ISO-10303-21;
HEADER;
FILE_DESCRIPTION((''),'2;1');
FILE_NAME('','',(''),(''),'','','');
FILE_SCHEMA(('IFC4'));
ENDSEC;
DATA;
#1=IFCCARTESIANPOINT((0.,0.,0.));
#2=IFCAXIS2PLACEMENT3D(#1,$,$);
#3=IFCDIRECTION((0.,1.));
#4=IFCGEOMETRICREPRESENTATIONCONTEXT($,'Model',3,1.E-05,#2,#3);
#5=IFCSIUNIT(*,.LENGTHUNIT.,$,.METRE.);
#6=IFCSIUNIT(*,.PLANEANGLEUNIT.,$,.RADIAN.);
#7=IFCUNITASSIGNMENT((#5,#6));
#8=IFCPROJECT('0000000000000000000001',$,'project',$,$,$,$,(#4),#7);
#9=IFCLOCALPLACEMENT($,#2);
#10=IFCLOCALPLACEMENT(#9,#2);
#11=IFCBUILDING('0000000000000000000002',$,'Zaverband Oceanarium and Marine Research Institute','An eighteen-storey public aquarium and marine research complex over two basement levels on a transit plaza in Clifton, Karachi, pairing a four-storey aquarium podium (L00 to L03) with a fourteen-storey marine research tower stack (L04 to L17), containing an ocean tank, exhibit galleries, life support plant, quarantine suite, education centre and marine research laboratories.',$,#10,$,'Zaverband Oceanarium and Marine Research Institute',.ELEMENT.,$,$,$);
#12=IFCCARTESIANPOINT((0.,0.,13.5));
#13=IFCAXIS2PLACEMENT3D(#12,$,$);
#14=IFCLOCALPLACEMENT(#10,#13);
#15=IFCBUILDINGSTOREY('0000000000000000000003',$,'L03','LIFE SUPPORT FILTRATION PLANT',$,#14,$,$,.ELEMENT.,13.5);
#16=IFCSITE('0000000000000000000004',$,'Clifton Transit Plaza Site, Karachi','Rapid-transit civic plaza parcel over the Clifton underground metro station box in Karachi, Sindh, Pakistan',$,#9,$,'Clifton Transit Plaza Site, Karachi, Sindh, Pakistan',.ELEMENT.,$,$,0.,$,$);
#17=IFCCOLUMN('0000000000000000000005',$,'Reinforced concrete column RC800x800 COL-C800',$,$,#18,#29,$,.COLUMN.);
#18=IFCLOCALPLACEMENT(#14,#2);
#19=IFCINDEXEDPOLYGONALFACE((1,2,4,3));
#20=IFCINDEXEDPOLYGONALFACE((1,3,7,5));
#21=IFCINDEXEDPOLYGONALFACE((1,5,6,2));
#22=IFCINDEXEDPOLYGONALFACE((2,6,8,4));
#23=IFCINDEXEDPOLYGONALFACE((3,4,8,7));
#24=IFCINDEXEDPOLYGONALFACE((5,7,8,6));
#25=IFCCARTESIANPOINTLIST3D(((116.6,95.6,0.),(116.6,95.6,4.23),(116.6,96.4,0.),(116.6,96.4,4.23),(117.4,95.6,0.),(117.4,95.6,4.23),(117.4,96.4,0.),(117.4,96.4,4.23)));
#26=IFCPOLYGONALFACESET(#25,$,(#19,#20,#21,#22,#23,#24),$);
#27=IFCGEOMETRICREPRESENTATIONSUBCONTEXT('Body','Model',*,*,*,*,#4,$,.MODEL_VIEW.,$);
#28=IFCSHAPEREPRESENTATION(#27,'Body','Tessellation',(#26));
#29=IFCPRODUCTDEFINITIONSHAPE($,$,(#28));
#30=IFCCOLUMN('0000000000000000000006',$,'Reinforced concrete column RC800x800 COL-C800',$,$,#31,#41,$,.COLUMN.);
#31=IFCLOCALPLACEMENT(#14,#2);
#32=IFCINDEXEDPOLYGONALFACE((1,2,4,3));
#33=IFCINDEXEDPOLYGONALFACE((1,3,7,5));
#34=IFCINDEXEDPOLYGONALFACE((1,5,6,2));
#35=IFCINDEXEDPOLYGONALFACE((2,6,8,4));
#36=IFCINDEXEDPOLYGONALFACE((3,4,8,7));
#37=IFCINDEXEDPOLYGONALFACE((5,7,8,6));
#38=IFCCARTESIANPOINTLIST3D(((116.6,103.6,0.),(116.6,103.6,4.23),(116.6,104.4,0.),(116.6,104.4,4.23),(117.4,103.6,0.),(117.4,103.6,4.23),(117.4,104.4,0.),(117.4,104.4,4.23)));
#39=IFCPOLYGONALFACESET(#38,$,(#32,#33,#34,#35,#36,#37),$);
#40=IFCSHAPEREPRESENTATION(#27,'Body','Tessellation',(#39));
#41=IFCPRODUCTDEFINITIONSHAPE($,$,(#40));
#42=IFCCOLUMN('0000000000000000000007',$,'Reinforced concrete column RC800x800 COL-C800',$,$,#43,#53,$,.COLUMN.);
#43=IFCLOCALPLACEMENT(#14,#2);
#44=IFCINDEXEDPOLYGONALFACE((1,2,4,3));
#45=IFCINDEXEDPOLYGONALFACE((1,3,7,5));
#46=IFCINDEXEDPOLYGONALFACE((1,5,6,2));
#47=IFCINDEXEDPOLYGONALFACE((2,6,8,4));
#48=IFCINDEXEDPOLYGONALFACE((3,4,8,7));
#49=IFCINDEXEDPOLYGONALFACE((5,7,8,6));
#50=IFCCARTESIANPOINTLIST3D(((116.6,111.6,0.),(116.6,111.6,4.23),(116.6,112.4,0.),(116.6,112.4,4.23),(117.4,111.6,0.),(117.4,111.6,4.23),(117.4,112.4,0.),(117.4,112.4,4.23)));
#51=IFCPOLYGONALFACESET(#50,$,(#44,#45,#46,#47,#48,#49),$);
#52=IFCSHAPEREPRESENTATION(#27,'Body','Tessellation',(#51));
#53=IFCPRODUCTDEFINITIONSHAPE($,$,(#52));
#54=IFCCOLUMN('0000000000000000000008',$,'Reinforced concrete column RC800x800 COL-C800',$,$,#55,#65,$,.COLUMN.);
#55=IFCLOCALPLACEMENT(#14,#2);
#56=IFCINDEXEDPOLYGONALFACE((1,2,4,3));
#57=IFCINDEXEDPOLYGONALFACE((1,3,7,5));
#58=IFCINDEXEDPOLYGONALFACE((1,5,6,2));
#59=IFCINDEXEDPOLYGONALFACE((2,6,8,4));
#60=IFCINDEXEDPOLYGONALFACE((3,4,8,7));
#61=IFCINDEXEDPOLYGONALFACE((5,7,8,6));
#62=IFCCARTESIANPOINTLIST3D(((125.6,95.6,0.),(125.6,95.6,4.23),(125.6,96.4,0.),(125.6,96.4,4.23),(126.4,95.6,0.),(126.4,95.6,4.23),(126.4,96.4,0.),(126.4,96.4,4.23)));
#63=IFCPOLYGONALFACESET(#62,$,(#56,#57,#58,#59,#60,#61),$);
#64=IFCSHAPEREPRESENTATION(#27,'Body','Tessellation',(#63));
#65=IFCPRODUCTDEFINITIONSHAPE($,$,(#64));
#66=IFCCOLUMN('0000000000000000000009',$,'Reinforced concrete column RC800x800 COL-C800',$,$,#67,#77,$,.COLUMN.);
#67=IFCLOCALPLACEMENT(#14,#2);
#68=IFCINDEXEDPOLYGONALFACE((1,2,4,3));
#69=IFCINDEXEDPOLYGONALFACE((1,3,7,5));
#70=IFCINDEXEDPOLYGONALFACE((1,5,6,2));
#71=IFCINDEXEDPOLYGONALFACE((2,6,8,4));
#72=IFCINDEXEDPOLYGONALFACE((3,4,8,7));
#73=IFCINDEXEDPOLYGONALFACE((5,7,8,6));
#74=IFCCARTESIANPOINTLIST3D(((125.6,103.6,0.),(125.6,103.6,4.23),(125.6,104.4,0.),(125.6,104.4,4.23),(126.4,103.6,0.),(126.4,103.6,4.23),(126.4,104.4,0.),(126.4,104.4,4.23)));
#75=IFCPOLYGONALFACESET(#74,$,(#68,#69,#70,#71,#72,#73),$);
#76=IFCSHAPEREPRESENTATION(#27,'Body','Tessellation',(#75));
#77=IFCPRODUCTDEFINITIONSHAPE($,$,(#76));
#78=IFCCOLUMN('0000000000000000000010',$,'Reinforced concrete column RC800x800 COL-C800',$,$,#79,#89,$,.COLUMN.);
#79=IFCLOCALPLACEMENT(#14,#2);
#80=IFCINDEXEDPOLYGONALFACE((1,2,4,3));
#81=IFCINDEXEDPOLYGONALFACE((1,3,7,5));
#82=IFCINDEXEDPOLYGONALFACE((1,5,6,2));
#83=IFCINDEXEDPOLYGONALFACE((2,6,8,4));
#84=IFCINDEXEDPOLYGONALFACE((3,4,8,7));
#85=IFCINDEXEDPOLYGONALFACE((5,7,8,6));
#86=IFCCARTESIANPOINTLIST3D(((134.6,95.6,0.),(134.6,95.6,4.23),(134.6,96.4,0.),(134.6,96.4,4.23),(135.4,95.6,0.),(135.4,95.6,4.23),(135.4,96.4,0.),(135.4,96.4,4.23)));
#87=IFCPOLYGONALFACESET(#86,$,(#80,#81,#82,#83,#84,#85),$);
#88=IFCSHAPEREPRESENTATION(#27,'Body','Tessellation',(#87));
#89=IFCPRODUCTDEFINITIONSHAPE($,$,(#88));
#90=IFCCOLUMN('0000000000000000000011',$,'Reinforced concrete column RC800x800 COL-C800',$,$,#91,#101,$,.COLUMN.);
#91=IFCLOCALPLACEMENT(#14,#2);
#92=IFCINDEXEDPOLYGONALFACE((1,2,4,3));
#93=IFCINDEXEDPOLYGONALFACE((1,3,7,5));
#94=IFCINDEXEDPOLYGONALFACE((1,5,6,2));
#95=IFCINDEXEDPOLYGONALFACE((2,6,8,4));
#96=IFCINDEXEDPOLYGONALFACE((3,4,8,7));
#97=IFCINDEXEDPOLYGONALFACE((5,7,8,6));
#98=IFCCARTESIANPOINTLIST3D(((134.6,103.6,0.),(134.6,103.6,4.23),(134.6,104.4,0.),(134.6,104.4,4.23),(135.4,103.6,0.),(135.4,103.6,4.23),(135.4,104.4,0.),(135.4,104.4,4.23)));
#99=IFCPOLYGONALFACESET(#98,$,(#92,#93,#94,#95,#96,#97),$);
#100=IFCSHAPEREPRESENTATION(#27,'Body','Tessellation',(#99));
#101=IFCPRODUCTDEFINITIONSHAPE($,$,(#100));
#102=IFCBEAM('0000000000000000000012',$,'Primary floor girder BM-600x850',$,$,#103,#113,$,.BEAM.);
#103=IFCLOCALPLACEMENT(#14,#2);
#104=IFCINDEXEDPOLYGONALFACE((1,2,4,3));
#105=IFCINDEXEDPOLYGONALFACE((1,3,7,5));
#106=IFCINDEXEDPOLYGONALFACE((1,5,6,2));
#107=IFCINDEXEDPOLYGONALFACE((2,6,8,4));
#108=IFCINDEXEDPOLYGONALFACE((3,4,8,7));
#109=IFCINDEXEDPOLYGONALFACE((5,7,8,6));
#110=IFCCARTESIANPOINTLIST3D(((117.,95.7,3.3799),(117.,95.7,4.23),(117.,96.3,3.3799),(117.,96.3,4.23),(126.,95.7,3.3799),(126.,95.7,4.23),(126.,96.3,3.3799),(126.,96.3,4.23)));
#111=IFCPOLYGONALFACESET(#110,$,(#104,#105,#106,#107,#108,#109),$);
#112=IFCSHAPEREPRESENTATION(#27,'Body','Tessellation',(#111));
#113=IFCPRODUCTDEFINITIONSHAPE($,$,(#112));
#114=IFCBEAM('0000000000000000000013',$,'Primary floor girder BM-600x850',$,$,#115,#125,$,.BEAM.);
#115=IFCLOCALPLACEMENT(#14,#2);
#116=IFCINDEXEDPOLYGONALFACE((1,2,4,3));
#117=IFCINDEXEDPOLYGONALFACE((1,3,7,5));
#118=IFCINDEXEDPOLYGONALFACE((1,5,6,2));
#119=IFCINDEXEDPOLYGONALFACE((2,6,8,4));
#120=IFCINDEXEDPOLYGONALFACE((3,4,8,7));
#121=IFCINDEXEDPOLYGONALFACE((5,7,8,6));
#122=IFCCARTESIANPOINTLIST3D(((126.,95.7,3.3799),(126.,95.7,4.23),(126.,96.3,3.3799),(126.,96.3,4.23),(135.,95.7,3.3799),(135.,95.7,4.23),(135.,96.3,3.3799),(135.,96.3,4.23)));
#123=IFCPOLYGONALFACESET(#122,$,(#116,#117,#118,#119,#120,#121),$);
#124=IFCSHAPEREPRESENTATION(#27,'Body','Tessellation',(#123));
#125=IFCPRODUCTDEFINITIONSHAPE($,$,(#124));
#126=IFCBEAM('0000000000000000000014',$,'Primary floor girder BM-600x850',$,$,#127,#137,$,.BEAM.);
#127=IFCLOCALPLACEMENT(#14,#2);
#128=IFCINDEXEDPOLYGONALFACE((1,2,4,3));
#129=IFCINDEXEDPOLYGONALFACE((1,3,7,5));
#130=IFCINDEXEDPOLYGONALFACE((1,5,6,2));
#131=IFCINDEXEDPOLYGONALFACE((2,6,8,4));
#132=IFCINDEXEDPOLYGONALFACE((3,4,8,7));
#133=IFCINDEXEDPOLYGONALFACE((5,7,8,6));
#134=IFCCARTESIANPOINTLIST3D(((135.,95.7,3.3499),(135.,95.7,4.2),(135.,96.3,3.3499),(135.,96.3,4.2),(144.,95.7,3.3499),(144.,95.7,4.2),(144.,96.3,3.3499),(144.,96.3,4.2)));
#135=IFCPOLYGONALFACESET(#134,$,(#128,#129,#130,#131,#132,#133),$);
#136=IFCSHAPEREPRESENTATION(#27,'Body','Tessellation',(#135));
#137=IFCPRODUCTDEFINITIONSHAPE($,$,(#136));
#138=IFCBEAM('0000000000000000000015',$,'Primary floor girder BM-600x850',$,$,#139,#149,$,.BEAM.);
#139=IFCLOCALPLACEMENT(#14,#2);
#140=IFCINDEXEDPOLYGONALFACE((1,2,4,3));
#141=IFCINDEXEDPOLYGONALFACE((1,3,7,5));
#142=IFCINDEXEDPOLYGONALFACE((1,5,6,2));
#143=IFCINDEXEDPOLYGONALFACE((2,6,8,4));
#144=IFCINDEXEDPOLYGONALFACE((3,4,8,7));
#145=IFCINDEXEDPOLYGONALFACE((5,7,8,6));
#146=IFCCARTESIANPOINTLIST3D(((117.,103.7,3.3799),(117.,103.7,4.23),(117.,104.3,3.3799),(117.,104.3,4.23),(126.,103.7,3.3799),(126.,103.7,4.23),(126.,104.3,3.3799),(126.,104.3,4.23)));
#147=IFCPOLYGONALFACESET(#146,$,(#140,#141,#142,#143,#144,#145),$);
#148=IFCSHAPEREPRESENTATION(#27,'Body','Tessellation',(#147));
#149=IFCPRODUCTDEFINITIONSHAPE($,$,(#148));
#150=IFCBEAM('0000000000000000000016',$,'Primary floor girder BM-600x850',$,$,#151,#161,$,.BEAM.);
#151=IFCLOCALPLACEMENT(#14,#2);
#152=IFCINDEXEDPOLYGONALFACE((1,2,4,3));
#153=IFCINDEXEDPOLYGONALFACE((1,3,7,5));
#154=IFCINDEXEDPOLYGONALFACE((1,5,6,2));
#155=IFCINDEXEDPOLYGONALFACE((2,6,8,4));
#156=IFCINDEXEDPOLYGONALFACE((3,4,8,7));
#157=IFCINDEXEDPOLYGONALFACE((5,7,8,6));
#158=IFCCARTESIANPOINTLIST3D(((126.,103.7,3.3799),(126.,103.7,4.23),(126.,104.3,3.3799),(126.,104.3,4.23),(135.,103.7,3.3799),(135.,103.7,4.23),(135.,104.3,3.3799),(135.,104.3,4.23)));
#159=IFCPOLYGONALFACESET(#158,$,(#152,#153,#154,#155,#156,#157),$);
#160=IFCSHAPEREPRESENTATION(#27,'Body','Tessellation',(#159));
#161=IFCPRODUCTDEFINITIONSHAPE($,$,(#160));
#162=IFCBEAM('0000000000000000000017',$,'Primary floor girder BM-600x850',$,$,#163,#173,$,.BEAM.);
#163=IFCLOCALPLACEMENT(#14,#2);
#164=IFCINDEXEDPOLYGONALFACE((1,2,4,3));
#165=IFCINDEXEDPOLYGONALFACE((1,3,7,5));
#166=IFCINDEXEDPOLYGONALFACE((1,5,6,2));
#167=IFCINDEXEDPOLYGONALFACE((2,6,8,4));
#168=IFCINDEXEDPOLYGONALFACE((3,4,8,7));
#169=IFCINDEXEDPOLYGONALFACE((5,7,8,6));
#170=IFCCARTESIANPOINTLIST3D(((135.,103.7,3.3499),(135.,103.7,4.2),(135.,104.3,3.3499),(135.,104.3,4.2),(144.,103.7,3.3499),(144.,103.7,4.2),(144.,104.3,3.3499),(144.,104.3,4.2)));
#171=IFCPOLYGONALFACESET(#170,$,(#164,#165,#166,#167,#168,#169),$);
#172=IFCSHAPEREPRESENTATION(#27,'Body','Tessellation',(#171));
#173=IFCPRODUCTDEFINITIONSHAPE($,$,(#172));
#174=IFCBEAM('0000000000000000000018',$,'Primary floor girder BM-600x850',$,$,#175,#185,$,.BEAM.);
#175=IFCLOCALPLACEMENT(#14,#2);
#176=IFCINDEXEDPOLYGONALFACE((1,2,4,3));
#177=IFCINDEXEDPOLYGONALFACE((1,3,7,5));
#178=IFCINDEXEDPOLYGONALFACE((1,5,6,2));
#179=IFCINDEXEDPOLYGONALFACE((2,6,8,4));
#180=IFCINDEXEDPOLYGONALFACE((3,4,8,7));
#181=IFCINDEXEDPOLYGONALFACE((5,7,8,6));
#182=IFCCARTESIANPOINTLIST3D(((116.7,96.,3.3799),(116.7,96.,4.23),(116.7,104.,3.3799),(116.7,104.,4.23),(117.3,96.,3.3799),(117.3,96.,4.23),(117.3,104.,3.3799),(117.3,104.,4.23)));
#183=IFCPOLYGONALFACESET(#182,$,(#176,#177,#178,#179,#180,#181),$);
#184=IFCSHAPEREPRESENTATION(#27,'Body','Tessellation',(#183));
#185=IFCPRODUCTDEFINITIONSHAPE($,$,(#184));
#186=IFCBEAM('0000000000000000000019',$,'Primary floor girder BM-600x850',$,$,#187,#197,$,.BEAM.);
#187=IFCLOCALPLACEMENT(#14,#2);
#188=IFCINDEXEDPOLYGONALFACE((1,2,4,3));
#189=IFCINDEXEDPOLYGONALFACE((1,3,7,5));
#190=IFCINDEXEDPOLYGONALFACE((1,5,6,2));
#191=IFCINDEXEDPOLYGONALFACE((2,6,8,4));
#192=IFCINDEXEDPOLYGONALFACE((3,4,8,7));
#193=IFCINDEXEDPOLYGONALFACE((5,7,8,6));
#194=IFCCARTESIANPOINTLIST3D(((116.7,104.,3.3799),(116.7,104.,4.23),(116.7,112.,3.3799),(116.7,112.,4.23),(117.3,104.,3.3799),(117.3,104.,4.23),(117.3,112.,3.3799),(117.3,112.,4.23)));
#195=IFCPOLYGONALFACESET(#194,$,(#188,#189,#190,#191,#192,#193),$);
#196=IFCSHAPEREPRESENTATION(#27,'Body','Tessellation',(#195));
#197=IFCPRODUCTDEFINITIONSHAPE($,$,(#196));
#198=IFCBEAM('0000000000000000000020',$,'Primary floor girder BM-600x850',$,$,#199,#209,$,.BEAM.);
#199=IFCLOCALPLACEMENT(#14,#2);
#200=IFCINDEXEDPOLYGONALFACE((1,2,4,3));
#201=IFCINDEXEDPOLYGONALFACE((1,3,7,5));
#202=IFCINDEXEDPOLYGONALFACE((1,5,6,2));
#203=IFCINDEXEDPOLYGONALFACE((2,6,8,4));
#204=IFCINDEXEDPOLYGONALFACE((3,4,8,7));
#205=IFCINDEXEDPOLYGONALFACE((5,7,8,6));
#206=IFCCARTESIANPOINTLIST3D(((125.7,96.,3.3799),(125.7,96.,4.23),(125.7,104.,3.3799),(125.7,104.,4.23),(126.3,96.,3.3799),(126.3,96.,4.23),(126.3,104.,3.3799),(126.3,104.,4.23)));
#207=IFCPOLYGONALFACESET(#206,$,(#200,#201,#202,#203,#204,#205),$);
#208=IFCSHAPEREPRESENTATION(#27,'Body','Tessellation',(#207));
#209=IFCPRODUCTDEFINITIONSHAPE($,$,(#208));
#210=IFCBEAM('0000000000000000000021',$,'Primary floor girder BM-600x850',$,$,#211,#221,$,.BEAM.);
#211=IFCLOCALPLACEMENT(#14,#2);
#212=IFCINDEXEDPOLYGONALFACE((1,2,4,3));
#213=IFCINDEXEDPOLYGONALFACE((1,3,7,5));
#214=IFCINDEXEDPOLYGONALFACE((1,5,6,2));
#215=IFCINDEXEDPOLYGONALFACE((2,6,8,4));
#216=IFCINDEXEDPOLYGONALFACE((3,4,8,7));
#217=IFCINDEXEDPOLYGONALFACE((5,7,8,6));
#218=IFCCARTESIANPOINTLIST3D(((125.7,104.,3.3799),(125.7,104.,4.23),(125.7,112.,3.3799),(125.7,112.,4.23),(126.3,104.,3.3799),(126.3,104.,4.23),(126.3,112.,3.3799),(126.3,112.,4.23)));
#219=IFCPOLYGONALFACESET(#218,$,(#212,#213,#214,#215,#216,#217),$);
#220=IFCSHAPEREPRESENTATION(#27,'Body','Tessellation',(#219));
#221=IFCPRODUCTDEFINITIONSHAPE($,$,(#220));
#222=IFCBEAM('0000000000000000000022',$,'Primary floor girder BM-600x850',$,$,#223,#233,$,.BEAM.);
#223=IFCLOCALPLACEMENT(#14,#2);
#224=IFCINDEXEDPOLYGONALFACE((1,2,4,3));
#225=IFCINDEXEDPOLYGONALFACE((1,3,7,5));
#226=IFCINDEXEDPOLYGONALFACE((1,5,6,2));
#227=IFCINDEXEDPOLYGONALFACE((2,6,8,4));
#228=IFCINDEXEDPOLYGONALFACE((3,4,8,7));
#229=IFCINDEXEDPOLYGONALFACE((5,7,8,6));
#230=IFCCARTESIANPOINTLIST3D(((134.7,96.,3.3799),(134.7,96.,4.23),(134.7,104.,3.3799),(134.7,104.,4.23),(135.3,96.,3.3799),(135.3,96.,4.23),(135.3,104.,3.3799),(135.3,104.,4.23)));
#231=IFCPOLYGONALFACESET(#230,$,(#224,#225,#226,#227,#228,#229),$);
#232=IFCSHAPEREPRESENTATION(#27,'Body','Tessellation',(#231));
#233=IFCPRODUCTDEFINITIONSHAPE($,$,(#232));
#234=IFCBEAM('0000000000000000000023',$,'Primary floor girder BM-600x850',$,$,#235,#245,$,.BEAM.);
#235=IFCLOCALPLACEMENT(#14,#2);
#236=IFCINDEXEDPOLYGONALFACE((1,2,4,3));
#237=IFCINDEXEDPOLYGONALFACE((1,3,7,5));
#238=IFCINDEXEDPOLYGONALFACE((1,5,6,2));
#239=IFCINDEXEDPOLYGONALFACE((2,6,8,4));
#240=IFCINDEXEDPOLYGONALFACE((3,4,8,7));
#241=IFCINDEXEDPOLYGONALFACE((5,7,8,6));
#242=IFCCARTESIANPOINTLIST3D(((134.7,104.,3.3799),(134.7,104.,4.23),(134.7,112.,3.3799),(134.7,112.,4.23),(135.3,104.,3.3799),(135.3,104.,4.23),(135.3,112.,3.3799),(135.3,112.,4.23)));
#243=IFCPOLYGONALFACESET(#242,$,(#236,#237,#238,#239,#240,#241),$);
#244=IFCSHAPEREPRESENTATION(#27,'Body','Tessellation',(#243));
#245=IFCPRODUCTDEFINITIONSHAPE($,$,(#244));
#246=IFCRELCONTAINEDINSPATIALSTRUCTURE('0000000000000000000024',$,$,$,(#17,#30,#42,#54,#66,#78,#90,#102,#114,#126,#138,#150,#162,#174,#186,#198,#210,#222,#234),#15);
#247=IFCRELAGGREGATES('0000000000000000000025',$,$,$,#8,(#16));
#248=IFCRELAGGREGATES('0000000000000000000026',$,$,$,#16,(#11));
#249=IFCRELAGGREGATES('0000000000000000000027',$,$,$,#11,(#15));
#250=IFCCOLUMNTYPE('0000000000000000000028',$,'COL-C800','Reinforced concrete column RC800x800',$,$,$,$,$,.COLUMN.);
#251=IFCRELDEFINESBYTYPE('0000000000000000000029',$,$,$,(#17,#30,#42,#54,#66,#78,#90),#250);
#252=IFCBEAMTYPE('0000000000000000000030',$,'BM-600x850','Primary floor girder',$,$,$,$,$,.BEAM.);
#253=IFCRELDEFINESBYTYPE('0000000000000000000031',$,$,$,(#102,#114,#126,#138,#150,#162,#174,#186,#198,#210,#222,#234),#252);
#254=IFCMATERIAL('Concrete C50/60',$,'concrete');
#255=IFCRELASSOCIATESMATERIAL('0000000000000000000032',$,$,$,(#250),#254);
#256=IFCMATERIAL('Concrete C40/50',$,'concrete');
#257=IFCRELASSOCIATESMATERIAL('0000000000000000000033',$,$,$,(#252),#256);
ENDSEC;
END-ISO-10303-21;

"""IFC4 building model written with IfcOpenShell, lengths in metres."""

from ifc_helpers import new_model, si_unit, direction, frame, origin, origin_2d, place, context, subcontext, project, spatial, rectangle, extrude, material, material_profile, profile_set, type_object, element, save


model = new_model("IFC4")

# Units and contexts
model_context = context("Model", 3, precision=1e-05, world=origin(), true_north=direction((0.0, 1.0)))
body_context = subcontext(model_context, "Body", "Model", "MODEL_VIEW")
ifc_project = project(units=[si_unit("LENGTHUNIT", "METRE"), si_unit("PLANEANGLEUNIT", "RADIAN")], contexts=[model_context])

# Site, building, storey
site_placement = place(None, origin())
site = spatial("IfcSite", under=ifc_project, at=site_placement, Name="Clifton Transit Plaza Site, Karachi", Description="Rapid-transit civic plaza parcel over the Clifton underground metro station box in Karachi, Sindh, Pakistan", LongName="Clifton Transit Plaza Site, Karachi, Sindh, Pakistan", CompositionType="ELEMENT", RefElevation=0.0)
building_placement = place(site_placement, origin())
building = spatial("IfcBuilding", under=site, at=building_placement, Name="Zaverband Oceanarium and Marine Research Institute", Description="An eighteen-storey public aquarium and marine research complex over two basement levels on a transit plaza in Clifton, Karachi, pairing a four-storey aquarium podium (L00 to L03) with a fourteen-storey marine research tower stack (L04 to L17), containing an ocean tank, exhibit galleries, life support plant, quarantine suite, education centre and marine research laboratories.", LongName="Zaverband Oceanarium and Marine Research Institute", CompositionType="ELEMENT")
storey_placement = place(building_placement, frame((0.0, 0.0, 13.5)))
storey = spatial("IfcBuildingStorey", under=building, at=storey_placement, Name="L03", Description="LIFE SUPPORT FILTRATION PLANT", CompositionType="ELEMENT", Elevation=13.5)

# Columns
ifc_material_1 = material(Name="Concrete C50/60", Category="concrete")
ifc_material_profile_1 = material_profile(ifc_material_1, rectangle(XDim=0.8, YDim=0.8, at=origin_2d()), Name="RC800x800")
ifc_profile_set_1 = profile_set([ifc_material_profile_1], Name="Concrete C50/60")
column_type = type_object("IfcColumnType", Name="COL-C800", Description="Reinforced concrete column RC800x800", PredefinedType="COLUMN", material=ifc_profile_set_1)
for number, where, z_axis, x_axis, name in (
    (1, (117.0, 96.0, 0.0), (0.0, 0.0, 1.0), (1.0, 0.0, 0.0), "Reinforced concrete column RC800x800 COL-C800"),
    (2, (117.0, 104.0, 0.0), (0.0, 0.0, 1.0), (1.0, 0.0, 0.0), "Reinforced concrete column RC800x800 COL-C800"),
    (3, (117.0, 112.0, 0.0), (0.0, 0.0, 1.0), (1.0, 0.0, 0.0), "Reinforced concrete column RC800x800 COL-C800"),
    (4, (126.0, 96.0, 0.0), (0.0, 0.0, 1.0), (1.0, 0.0, 0.0), "Reinforced concrete column RC800x800 COL-C800"),
    (5, (126.0, 104.0, 0.0), (0.0, 0.0, 1.0), (1.0, 0.0, 0.0), "Reinforced concrete column RC800x800 COL-C800"),
    (6, (135.0, 96.0, 0.0), (0.0, 0.0, 1.0), (1.0, 0.0, 0.0), "Reinforced concrete column RC800x800 COL-C800"),
    (7, (135.0, 104.0, 0.0), (0.0, 0.0, 1.0), (1.0, 0.0, 0.0), "Reinforced concrete column RC800x800 COL-C800"),
):
    element("IfcColumn", number, at=place(storey_placement, frame(where, z_axis=z_axis, x_axis=x_axis)), inside=storey, type_object=column_type, Name=name, PredefinedType="COLUMN", context=body_context, shape_type="SweptSolid", body=[
        extrude(rectangle(XDim=0.8, YDim=0.8, at=origin_2d()), origin(), (0.0, 0.0, 1.0), 4.23),
    ])

# Beams
ifc_material_2 = material(Name="Concrete C40/50", Category="concrete")
ifc_material_profile_2 = material_profile(ifc_material_2, rectangle(XDim=0.6001, YDim=0.8501, at=origin_2d()), Name="RC600x850")
ifc_profile_set_2 = profile_set([ifc_material_profile_2], Name="Concrete C40/50")
beam_type_1 = type_object("IfcBeamType", Name="BM-600x850", Description="Primary floor girder", PredefinedType="BEAM", material=ifc_profile_set_2)
for number, where, z_axis, x_axis, name in (
    (8, (117.0, 96.0, 3.8049), (1.0, 0.0, 0.0), (0.0, 1.0, 0.0), "Primary floor girder BM-600x850"),
    (9, (126.0, 96.0, 3.8049), (1.0, 0.0, 0.0), (0.0, 1.0, 0.0), "Primary floor girder BM-600x850"),
    (10, (135.0, 96.0, 3.7749), (1.0, 0.0, 0.0), (0.0, 1.0, 0.0), "Primary floor girder BM-600x850"),
    (11, (117.0, 104.0, 3.8049), (1.0, 0.0, 0.0), (0.0, 1.0, 0.0), "Primary floor girder BM-600x850"),
    (12, (126.0, 104.0, 3.8049), (1.0, 0.0, 0.0), (0.0, 1.0, 0.0), "Primary floor girder BM-600x850"),
    (13, (135.0, 104.0, 3.7749), (1.0, 0.0, 0.0), (0.0, 1.0, 0.0), "Primary floor girder BM-600x850"),
):
    element("IfcBeam", number, at=place(storey_placement, frame(where, z_axis=z_axis, x_axis=x_axis)), inside=storey, type_object=beam_type_1, Name=name, PredefinedType="BEAM", context=body_context, shape_type="SweptSolid", body=[
        extrude(rectangle(XDim=0.6001, YDim=0.8501, at=origin_2d()), origin(), (0.0, 0.0, 1.0), 9.0),
    ])
for number, where, z_axis, x_axis, name in (
    (14, (117.0, 96.0, 3.8049), (0.0, 1.0, 0.0), (-1.0, 0.0, 0.0), "Primary floor girder BM-600x850"),
    (15, (117.0, 104.0, 3.8049), (0.0, 1.0, 0.0), (-1.0, 0.0, 0.0), "Primary floor girder BM-600x850"),
    (16, (126.0, 96.0, 3.8049), (0.0, 1.0, 0.0), (-1.0, 0.0, 0.0), "Primary floor girder BM-600x850"),
    (17, (126.0, 104.0, 3.8049), (0.0, 1.0, 0.0), (-1.0, 0.0, 0.0), "Primary floor girder BM-600x850"),
    (18, (135.0, 96.0, 3.8049), (0.0, 1.0, 0.0), (-1.0, 0.0, 0.0), "Primary floor girder BM-600x850"),
    (19, (135.0, 104.0, 3.8049), (0.0, 1.0, 0.0), (-1.0, 0.0, 0.0), "Primary floor girder BM-600x850"),
):
    element("IfcBeam", number, at=place(storey_placement, frame(where, z_axis=z_axis, x_axis=x_axis)), inside=storey, type_object=beam_type_1, Name=name, PredefinedType="BEAM", context=body_context, shape_type="SweptSolid", body=[
        extrude(rectangle(XDim=0.6001, YDim=0.8501, at=origin_2d()), origin(), (0.0, 0.0, 1.0), 8.0),
    ])

save(model, "model.ifc")
